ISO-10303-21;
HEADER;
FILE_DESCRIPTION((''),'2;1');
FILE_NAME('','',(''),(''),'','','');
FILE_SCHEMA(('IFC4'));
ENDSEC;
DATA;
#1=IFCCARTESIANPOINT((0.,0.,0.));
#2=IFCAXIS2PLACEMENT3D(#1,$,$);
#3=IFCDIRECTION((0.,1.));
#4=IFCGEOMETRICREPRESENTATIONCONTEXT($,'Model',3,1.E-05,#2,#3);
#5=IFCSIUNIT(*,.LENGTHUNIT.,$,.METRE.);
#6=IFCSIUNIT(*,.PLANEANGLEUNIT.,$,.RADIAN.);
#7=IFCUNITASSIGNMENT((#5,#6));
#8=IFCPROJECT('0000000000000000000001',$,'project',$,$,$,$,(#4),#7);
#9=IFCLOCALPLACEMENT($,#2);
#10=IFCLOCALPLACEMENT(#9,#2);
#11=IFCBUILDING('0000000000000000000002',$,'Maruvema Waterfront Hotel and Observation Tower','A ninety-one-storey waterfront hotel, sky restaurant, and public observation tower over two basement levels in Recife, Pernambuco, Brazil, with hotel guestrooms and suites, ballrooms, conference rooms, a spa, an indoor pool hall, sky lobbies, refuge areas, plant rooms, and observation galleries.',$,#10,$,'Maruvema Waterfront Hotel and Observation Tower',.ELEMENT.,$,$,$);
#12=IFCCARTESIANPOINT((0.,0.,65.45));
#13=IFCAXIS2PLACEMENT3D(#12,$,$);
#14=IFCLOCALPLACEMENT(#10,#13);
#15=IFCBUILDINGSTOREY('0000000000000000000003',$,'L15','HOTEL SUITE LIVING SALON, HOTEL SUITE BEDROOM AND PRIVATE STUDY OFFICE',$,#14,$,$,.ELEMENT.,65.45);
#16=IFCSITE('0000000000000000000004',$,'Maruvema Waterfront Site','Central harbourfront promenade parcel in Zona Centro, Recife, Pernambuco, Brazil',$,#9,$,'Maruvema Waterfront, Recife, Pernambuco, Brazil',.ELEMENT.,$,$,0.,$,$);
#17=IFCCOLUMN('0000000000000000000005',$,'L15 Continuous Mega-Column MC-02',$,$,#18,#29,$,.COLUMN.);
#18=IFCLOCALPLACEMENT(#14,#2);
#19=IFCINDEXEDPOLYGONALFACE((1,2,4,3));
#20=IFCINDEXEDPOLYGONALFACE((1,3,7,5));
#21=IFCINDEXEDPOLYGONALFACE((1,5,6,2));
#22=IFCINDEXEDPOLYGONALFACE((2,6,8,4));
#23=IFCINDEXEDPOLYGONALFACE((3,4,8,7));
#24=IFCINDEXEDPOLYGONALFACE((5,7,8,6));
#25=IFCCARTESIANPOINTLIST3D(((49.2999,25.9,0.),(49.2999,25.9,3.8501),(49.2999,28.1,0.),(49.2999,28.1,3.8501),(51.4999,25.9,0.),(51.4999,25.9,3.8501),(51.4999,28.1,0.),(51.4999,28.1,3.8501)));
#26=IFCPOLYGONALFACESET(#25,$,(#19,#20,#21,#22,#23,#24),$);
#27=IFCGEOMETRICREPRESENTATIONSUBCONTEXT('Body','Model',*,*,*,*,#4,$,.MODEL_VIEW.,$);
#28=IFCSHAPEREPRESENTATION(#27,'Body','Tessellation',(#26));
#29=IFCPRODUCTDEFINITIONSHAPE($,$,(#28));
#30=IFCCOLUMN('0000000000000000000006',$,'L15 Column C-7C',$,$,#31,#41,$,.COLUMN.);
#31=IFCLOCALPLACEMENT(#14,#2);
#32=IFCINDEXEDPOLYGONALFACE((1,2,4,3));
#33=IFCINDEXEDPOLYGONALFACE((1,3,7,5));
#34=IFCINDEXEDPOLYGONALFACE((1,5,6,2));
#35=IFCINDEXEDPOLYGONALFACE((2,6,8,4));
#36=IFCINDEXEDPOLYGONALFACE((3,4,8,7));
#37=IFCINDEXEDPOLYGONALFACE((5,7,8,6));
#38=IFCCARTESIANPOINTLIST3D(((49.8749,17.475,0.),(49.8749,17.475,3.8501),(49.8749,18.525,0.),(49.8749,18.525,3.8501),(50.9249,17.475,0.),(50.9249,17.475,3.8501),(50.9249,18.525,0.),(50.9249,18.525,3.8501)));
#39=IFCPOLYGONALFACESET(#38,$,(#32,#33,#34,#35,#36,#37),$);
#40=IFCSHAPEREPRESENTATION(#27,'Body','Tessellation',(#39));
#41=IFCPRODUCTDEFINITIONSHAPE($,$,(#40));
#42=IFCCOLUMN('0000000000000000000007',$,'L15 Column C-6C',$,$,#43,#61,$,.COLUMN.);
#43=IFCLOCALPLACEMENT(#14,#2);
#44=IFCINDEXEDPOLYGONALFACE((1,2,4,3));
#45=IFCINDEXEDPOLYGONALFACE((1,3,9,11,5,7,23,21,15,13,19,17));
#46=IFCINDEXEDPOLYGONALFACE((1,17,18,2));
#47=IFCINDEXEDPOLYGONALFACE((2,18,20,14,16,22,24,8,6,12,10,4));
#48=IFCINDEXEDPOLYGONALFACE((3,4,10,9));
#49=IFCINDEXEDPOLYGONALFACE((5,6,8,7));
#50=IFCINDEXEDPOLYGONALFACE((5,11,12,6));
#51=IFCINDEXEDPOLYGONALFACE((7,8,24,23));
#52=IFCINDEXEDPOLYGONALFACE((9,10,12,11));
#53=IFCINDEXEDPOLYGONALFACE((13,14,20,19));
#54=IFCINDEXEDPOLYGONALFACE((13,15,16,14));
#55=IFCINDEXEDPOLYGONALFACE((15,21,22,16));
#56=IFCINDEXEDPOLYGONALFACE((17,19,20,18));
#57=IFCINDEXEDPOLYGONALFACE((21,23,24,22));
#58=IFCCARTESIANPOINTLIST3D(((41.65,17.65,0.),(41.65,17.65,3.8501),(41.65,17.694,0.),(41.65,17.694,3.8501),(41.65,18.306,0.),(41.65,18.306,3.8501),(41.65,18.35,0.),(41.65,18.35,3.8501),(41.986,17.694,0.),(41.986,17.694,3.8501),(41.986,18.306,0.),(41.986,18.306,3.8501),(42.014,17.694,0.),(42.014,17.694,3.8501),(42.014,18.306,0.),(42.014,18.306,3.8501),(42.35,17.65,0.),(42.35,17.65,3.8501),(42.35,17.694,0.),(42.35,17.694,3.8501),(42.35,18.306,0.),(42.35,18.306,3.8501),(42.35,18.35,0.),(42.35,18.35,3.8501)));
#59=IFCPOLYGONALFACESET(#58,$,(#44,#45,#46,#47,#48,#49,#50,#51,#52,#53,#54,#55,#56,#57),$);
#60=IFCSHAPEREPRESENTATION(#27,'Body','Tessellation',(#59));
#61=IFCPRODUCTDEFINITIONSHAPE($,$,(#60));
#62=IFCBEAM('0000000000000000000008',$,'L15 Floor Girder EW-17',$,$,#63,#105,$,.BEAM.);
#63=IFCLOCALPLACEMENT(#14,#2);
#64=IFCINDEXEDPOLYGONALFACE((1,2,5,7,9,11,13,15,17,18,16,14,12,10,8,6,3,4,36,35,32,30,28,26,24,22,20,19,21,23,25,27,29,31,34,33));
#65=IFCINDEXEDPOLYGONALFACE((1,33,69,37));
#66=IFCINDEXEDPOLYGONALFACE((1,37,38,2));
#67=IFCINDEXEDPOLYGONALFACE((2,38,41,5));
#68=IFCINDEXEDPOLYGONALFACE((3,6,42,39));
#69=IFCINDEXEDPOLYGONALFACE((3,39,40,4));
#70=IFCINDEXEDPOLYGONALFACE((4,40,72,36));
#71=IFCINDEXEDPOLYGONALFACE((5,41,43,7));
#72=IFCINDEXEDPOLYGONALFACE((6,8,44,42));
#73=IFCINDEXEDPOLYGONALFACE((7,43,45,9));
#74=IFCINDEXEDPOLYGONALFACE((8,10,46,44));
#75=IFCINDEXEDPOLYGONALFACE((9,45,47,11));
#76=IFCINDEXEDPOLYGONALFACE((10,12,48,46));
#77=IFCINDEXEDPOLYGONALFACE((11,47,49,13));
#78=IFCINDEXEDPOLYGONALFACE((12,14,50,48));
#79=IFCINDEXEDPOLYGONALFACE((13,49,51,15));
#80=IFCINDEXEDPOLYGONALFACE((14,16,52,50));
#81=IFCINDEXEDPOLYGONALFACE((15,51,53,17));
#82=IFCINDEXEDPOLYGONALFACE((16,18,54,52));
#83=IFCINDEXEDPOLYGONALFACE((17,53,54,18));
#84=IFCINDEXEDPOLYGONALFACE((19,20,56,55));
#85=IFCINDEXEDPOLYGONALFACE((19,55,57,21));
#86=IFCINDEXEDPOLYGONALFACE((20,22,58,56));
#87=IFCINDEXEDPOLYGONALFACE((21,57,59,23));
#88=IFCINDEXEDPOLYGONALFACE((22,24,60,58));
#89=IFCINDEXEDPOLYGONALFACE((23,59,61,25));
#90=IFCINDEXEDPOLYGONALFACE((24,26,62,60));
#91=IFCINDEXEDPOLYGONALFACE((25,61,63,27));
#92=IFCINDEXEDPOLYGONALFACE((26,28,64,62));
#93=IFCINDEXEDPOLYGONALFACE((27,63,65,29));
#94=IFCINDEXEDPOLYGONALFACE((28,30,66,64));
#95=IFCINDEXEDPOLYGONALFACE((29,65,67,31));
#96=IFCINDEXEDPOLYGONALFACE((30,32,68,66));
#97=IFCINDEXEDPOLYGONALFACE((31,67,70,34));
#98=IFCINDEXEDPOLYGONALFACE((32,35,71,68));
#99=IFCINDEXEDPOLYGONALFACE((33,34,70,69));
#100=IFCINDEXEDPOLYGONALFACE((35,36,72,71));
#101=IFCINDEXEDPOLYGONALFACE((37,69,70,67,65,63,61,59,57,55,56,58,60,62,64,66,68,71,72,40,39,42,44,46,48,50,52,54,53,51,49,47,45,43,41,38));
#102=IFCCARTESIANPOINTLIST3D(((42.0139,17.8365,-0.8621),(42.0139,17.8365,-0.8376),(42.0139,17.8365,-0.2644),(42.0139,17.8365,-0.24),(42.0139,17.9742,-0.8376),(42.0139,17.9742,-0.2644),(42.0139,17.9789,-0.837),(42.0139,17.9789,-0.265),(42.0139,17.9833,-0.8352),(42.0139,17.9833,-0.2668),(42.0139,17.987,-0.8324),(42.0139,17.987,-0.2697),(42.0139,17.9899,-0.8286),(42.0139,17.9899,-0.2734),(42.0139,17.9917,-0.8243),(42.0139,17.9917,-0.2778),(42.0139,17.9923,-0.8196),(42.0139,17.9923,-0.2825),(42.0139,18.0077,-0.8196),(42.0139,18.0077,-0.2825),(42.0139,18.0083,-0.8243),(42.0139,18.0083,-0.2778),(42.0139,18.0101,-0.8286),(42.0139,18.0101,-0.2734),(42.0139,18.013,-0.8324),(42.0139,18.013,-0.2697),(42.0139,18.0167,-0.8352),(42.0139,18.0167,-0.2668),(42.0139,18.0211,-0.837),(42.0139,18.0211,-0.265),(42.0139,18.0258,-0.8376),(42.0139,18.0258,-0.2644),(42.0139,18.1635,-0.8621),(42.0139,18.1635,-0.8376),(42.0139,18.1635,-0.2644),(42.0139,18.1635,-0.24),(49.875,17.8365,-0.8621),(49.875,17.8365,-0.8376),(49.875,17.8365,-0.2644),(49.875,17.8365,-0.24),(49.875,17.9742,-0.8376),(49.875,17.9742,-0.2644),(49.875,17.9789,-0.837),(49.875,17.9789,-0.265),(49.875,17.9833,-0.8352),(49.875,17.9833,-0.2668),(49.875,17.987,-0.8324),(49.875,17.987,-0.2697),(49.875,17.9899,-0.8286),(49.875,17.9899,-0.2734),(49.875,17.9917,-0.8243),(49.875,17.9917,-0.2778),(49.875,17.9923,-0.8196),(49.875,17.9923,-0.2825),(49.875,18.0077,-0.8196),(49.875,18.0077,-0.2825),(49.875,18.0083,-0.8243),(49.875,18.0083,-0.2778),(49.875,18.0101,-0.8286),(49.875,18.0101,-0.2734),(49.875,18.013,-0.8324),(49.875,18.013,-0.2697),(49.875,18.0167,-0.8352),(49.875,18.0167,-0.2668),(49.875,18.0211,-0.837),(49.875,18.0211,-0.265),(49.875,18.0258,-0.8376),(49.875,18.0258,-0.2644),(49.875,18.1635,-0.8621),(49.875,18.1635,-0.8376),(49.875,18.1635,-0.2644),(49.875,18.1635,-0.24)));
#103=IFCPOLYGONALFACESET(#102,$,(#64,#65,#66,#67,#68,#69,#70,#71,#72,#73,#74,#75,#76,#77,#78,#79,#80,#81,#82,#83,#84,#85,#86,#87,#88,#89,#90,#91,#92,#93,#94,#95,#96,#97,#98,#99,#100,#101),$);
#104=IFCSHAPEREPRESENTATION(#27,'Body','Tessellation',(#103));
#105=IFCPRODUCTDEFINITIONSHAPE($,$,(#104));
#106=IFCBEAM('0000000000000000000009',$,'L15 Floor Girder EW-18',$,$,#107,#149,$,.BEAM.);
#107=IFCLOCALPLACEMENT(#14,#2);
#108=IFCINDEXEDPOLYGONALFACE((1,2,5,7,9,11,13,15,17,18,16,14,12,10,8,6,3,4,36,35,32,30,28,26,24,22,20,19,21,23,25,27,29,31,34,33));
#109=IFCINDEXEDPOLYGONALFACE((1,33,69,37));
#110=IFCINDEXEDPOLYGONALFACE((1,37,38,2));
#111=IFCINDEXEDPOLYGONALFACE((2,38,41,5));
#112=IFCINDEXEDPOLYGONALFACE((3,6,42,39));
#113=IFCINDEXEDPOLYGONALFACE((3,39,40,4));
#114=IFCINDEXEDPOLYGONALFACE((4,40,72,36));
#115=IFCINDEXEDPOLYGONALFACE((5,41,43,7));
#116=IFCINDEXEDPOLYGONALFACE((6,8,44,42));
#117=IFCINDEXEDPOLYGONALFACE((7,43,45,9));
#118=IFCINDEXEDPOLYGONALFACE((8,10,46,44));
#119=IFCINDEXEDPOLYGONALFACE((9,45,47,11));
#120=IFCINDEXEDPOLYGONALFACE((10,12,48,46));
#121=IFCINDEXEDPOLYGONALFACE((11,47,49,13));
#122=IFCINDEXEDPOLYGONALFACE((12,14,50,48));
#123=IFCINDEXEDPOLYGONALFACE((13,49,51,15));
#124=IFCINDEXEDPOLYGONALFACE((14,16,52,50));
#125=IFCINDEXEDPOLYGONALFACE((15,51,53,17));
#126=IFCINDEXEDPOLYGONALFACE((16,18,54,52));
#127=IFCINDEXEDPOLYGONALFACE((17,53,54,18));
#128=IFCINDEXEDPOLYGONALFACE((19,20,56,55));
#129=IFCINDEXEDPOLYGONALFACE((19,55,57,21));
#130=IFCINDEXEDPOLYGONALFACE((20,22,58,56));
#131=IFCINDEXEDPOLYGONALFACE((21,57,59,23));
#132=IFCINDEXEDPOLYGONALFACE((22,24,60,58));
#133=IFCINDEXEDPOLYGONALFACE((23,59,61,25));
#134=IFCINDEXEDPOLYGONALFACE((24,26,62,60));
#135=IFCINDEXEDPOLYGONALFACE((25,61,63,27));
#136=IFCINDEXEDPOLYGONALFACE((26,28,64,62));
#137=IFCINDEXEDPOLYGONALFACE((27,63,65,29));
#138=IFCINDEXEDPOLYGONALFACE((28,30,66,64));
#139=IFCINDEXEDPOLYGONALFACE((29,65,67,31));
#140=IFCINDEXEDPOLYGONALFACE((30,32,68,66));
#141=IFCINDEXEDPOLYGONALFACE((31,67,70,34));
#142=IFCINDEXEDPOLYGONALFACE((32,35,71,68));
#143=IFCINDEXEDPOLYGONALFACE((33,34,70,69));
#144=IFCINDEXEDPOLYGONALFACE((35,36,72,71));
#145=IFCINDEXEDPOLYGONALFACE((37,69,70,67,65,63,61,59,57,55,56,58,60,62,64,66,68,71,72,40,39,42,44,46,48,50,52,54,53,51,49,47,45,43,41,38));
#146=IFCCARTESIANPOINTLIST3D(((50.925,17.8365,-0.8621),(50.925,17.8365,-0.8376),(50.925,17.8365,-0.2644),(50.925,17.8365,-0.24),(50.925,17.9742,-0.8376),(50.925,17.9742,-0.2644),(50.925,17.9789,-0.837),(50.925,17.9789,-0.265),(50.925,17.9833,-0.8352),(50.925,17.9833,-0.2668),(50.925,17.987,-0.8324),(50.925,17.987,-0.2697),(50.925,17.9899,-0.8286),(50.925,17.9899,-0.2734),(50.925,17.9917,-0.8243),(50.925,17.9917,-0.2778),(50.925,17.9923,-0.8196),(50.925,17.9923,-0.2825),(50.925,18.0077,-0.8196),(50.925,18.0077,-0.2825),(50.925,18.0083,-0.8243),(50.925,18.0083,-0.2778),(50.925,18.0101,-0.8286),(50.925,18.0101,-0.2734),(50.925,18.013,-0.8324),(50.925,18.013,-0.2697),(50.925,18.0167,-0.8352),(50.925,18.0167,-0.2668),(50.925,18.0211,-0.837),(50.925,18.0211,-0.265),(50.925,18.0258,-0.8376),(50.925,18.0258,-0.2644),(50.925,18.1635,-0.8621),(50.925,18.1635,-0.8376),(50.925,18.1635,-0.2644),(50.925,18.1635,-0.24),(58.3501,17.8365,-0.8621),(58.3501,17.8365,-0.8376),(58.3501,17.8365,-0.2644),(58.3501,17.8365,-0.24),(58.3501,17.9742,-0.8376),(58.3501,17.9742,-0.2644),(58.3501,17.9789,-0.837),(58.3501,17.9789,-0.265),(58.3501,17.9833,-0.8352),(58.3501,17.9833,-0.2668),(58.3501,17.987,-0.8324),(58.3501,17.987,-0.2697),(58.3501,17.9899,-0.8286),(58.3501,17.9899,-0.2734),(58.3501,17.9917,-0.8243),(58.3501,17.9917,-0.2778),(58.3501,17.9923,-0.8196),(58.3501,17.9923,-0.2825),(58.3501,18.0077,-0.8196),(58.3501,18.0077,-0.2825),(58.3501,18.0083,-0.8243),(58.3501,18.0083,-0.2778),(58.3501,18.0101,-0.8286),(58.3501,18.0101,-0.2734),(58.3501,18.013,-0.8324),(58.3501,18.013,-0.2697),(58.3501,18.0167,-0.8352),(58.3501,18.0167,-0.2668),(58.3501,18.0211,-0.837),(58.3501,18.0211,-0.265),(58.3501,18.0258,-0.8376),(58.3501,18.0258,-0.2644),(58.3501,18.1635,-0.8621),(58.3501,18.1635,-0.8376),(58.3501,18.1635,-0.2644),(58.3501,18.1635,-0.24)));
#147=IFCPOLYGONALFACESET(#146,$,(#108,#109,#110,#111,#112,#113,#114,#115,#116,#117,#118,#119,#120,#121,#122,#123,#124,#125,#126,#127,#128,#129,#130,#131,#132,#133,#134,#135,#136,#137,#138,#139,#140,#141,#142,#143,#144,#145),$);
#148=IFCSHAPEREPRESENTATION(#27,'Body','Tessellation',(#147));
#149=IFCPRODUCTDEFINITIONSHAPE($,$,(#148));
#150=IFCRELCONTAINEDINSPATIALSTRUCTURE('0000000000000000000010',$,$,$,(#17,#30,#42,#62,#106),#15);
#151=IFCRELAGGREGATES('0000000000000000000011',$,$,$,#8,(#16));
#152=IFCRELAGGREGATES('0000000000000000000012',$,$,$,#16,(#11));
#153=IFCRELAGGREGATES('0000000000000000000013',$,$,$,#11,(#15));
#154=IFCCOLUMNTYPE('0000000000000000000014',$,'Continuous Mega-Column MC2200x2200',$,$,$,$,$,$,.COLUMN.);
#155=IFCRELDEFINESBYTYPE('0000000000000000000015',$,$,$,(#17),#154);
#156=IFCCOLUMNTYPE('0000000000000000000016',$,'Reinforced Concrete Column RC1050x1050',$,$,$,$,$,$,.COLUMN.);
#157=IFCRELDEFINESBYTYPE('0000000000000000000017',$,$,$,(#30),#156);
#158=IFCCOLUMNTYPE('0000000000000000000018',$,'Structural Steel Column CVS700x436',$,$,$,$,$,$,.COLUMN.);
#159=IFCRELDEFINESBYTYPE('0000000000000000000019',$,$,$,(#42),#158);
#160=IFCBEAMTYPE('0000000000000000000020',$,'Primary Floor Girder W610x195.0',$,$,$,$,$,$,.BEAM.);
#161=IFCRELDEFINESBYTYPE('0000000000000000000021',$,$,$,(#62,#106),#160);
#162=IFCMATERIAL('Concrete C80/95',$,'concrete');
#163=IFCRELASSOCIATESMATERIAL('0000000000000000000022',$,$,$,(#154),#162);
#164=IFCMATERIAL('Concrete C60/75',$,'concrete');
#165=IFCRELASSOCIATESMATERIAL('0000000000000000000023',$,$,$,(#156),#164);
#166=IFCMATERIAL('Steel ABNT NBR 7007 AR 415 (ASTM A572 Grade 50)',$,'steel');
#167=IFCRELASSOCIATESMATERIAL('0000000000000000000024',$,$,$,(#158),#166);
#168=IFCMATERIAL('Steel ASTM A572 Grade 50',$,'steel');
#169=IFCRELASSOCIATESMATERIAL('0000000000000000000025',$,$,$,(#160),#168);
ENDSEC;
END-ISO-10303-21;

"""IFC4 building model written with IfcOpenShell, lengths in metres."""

from ifc_helpers import new_model, si_unit, direction, frame, origin, origin_2d, place, context, subcontext, project, spatial, rectangle, i_section, extrude, material, material_profile, profile_set, type_object, element, save


model = new_model("IFC4")

# Units and contexts
model_context = context("Model", 3, precision=1e-05, world=origin(), true_north=direction((0.0, 1.0)))
body_context = subcontext(model_context, "Body", "Model", "MODEL_VIEW")
ifc_project = project(units=[si_unit("LENGTHUNIT", "METRE"), si_unit("PLANEANGLEUNIT", "RADIAN")], contexts=[model_context])

# Site, building, storey
site_placement = place(None, origin())
site = spatial("IfcSite", under=ifc_project, at=site_placement, Name="Maruvema Waterfront Site", Description="Central harbourfront promenade parcel in Zona Centro, Recife, Pernambuco, Brazil", LongName="Maruvema Waterfront, Recife, Pernambuco, Brazil", CompositionType="ELEMENT", RefElevation=0.0)
building_placement = place(site_placement, origin())
building = spatial("IfcBuilding", under=site, at=building_placement, Name="Maruvema Waterfront Hotel and Observation Tower", Description="A ninety-one-storey waterfront hotel, sky restaurant, and public observation tower over two basement levels in Recife, Pernambuco, Brazil, with hotel guestrooms and suites, ballrooms, conference rooms, a spa, an indoor pool hall, sky lobbies, refuge areas, plant rooms, and observation galleries.", LongName="Maruvema Waterfront Hotel and Observation Tower", CompositionType="ELEMENT")
storey_placement = place(building_placement, frame((0.0, 0.0, 65.45)))
storey = spatial("IfcBuildingStorey", under=building, at=storey_placement, Name="L15", Description="HOTEL SUITE LIVING SALON, HOTEL SUITE BEDROOM AND PRIVATE STUDY OFFICE", CompositionType="ELEMENT", Elevation=65.45)

# Columns
ifc_material_1 = material(Name="Concrete C80/95", Category="concrete")
ifc_material_profile_1 = material_profile(ifc_material_1, rectangle(XDim=2.2, YDim=2.2, at=origin_2d()), Name="MC2200x2200")
ifc_profile_set_1 = profile_set([ifc_material_profile_1], Name="Concrete C80/95")
column_type_1 = type_object("IfcColumnType", Name="Continuous Mega-Column MC2200x2200", PredefinedType="COLUMN", material=ifc_profile_set_1)
column_1_placement = place(storey_placement, frame((50.3999, 27.0, 0.0), z_axis=(0.0, 0.0, 1.0), x_axis=(1.0, 0.0, 0.0)))
element("IfcColumn", 1, at=column_1_placement, inside=storey, type_object=column_type_1, Name="L15 Continuous Mega-Column MC-02", PredefinedType="COLUMN", context=body_context, shape_type="SweptSolid", body=[
    extrude(rectangle(XDim=2.2, YDim=2.2, at=origin_2d()), origin(), (0.0, 0.0, 1.0), 3.8501),
])
ifc_material_2 = material(Name="Concrete C60/75", Category="concrete")
ifc_material_profile_2 = material_profile(ifc_material_2, rectangle(XDim=1.05, YDim=1.05, at=origin_2d()), Name="RC1050x1050")
ifc_profile_set_2 = profile_set([ifc_material_profile_2], Name="Concrete C60/75")
column_type_2 = type_object("IfcColumnType", Name="Reinforced Concrete Column RC1050x1050", PredefinedType="COLUMN", material=ifc_profile_set_2)
column_2_placement = place(storey_placement, frame((50.3999, 18.0, 0.0), z_axis=(0.0, 0.0, 1.0), x_axis=(1.0, 0.0, 0.0)))
element("IfcColumn", 2, at=column_2_placement, inside=storey, type_object=column_type_2, Name="L15 Column C-7C", PredefinedType="COLUMN", context=body_context, shape_type="SweptSolid", body=[
    extrude(rectangle(XDim=1.05, YDim=1.05, at=origin_2d()), origin(), (0.0, 0.0, 1.0), 3.8501),
])
ifc_material_3 = material(Name="Steel ABNT NBR 7007 AR 415 (ASTM A572 Grade 50)", Category="steel")
ifc_material_profile_3 = material_profile(ifc_material_3, i_section(OverallWidth=0.7, OverallDepth=0.7, WebThickness=0.0281, FlangeThickness=0.0439, at=origin_2d()), Name="CVS700x436")
ifc_profile_set_3 = profile_set([ifc_material_profile_3], Name="Steel ABNT NBR 7007 AR 415 (ASTM A572 Grade 50)")
column_type_3 = type_object("IfcColumnType", Name="Structural Steel Column CVS700x436", PredefinedType="COLUMN", material=ifc_profile_set_3)
column_3_placement = place(storey_placement, frame((42.0, 18.0, 0.0), z_axis=(0.0, 0.0, 1.0), x_axis=(1.0, 0.0, 0.0)))
element("IfcColumn", 3, at=column_3_placement, inside=storey, type_object=column_type_3, Name="L15 Column C-6C", PredefinedType="COLUMN", context=body_context, shape_type="SweptSolid", body=[
    extrude(i_section(OverallWidth=0.7, OverallDepth=0.7, WebThickness=0.0281, FlangeThickness=0.0439, at=origin_2d()), origin(), (0.0, 0.0, 1.0), 3.8501),
])

# Beams
ifc_material_4 = material(Name="Steel ASTM A572 Grade 50", Category="steel")
ifc_material_profile_4 = material_profile(ifc_material_4, i_section(OverallWidth=0.3269, OverallDepth=0.6221, WebThickness=0.0154, FlangeThickness=0.0244, FilletRadius=0.0181, at=origin_2d()), Name="W610x195.0")
ifc_profile_set_4 = profile_set([ifc_material_profile_4], Name="Steel ASTM A572 Grade 50")
beam_type_1 = type_object("IfcBeamType", Name="Primary Floor Girder W610x195.0", PredefinedType="BEAM", material=ifc_profile_set_4)
beam_1_placement = place(storey_placement, frame((42.0139, 18.0, -0.551), z_axis=(1.0, 0.0, 0.0), x_axis=(0.0, 1.0, 0.0)))
element("IfcBeam", 4, at=beam_1_placement, inside=storey, type_object=beam_type_1, Name="L15 Floor Girder EW-17", PredefinedType="BEAM", context=body_context, shape_type="SweptSolid", body=[
    extrude(i_section(OverallWidth=0.3269, OverallDepth=0.6221, WebThickness=0.0154, FlangeThickness=0.0244, FilletRadius=0.0181, at=origin_2d()), origin(), (0.0, 0.0, 1.0), 7.8611),
])
beam_2_placement = place(storey_placement, frame((50.925, 18.0, -0.551), z_axis=(1.0, 0.0, 0.0), x_axis=(0.0, 1.0, 0.0)))
element("IfcBeam", 5, at=beam_2_placement, inside=storey, type_object=beam_type_1, Name="L15 Floor Girder EW-18", PredefinedType="BEAM", context=body_context, shape_type="SweptSolid", body=[
    extrude(i_section(OverallWidth=0.3269, OverallDepth=0.6221, WebThickness=0.0154, FlangeThickness=0.0244, FilletRadius=0.0181, at=origin_2d()), origin(), (0.0, 0.0, 1.0), 7.425),
])

save(model, "model.ifc")
